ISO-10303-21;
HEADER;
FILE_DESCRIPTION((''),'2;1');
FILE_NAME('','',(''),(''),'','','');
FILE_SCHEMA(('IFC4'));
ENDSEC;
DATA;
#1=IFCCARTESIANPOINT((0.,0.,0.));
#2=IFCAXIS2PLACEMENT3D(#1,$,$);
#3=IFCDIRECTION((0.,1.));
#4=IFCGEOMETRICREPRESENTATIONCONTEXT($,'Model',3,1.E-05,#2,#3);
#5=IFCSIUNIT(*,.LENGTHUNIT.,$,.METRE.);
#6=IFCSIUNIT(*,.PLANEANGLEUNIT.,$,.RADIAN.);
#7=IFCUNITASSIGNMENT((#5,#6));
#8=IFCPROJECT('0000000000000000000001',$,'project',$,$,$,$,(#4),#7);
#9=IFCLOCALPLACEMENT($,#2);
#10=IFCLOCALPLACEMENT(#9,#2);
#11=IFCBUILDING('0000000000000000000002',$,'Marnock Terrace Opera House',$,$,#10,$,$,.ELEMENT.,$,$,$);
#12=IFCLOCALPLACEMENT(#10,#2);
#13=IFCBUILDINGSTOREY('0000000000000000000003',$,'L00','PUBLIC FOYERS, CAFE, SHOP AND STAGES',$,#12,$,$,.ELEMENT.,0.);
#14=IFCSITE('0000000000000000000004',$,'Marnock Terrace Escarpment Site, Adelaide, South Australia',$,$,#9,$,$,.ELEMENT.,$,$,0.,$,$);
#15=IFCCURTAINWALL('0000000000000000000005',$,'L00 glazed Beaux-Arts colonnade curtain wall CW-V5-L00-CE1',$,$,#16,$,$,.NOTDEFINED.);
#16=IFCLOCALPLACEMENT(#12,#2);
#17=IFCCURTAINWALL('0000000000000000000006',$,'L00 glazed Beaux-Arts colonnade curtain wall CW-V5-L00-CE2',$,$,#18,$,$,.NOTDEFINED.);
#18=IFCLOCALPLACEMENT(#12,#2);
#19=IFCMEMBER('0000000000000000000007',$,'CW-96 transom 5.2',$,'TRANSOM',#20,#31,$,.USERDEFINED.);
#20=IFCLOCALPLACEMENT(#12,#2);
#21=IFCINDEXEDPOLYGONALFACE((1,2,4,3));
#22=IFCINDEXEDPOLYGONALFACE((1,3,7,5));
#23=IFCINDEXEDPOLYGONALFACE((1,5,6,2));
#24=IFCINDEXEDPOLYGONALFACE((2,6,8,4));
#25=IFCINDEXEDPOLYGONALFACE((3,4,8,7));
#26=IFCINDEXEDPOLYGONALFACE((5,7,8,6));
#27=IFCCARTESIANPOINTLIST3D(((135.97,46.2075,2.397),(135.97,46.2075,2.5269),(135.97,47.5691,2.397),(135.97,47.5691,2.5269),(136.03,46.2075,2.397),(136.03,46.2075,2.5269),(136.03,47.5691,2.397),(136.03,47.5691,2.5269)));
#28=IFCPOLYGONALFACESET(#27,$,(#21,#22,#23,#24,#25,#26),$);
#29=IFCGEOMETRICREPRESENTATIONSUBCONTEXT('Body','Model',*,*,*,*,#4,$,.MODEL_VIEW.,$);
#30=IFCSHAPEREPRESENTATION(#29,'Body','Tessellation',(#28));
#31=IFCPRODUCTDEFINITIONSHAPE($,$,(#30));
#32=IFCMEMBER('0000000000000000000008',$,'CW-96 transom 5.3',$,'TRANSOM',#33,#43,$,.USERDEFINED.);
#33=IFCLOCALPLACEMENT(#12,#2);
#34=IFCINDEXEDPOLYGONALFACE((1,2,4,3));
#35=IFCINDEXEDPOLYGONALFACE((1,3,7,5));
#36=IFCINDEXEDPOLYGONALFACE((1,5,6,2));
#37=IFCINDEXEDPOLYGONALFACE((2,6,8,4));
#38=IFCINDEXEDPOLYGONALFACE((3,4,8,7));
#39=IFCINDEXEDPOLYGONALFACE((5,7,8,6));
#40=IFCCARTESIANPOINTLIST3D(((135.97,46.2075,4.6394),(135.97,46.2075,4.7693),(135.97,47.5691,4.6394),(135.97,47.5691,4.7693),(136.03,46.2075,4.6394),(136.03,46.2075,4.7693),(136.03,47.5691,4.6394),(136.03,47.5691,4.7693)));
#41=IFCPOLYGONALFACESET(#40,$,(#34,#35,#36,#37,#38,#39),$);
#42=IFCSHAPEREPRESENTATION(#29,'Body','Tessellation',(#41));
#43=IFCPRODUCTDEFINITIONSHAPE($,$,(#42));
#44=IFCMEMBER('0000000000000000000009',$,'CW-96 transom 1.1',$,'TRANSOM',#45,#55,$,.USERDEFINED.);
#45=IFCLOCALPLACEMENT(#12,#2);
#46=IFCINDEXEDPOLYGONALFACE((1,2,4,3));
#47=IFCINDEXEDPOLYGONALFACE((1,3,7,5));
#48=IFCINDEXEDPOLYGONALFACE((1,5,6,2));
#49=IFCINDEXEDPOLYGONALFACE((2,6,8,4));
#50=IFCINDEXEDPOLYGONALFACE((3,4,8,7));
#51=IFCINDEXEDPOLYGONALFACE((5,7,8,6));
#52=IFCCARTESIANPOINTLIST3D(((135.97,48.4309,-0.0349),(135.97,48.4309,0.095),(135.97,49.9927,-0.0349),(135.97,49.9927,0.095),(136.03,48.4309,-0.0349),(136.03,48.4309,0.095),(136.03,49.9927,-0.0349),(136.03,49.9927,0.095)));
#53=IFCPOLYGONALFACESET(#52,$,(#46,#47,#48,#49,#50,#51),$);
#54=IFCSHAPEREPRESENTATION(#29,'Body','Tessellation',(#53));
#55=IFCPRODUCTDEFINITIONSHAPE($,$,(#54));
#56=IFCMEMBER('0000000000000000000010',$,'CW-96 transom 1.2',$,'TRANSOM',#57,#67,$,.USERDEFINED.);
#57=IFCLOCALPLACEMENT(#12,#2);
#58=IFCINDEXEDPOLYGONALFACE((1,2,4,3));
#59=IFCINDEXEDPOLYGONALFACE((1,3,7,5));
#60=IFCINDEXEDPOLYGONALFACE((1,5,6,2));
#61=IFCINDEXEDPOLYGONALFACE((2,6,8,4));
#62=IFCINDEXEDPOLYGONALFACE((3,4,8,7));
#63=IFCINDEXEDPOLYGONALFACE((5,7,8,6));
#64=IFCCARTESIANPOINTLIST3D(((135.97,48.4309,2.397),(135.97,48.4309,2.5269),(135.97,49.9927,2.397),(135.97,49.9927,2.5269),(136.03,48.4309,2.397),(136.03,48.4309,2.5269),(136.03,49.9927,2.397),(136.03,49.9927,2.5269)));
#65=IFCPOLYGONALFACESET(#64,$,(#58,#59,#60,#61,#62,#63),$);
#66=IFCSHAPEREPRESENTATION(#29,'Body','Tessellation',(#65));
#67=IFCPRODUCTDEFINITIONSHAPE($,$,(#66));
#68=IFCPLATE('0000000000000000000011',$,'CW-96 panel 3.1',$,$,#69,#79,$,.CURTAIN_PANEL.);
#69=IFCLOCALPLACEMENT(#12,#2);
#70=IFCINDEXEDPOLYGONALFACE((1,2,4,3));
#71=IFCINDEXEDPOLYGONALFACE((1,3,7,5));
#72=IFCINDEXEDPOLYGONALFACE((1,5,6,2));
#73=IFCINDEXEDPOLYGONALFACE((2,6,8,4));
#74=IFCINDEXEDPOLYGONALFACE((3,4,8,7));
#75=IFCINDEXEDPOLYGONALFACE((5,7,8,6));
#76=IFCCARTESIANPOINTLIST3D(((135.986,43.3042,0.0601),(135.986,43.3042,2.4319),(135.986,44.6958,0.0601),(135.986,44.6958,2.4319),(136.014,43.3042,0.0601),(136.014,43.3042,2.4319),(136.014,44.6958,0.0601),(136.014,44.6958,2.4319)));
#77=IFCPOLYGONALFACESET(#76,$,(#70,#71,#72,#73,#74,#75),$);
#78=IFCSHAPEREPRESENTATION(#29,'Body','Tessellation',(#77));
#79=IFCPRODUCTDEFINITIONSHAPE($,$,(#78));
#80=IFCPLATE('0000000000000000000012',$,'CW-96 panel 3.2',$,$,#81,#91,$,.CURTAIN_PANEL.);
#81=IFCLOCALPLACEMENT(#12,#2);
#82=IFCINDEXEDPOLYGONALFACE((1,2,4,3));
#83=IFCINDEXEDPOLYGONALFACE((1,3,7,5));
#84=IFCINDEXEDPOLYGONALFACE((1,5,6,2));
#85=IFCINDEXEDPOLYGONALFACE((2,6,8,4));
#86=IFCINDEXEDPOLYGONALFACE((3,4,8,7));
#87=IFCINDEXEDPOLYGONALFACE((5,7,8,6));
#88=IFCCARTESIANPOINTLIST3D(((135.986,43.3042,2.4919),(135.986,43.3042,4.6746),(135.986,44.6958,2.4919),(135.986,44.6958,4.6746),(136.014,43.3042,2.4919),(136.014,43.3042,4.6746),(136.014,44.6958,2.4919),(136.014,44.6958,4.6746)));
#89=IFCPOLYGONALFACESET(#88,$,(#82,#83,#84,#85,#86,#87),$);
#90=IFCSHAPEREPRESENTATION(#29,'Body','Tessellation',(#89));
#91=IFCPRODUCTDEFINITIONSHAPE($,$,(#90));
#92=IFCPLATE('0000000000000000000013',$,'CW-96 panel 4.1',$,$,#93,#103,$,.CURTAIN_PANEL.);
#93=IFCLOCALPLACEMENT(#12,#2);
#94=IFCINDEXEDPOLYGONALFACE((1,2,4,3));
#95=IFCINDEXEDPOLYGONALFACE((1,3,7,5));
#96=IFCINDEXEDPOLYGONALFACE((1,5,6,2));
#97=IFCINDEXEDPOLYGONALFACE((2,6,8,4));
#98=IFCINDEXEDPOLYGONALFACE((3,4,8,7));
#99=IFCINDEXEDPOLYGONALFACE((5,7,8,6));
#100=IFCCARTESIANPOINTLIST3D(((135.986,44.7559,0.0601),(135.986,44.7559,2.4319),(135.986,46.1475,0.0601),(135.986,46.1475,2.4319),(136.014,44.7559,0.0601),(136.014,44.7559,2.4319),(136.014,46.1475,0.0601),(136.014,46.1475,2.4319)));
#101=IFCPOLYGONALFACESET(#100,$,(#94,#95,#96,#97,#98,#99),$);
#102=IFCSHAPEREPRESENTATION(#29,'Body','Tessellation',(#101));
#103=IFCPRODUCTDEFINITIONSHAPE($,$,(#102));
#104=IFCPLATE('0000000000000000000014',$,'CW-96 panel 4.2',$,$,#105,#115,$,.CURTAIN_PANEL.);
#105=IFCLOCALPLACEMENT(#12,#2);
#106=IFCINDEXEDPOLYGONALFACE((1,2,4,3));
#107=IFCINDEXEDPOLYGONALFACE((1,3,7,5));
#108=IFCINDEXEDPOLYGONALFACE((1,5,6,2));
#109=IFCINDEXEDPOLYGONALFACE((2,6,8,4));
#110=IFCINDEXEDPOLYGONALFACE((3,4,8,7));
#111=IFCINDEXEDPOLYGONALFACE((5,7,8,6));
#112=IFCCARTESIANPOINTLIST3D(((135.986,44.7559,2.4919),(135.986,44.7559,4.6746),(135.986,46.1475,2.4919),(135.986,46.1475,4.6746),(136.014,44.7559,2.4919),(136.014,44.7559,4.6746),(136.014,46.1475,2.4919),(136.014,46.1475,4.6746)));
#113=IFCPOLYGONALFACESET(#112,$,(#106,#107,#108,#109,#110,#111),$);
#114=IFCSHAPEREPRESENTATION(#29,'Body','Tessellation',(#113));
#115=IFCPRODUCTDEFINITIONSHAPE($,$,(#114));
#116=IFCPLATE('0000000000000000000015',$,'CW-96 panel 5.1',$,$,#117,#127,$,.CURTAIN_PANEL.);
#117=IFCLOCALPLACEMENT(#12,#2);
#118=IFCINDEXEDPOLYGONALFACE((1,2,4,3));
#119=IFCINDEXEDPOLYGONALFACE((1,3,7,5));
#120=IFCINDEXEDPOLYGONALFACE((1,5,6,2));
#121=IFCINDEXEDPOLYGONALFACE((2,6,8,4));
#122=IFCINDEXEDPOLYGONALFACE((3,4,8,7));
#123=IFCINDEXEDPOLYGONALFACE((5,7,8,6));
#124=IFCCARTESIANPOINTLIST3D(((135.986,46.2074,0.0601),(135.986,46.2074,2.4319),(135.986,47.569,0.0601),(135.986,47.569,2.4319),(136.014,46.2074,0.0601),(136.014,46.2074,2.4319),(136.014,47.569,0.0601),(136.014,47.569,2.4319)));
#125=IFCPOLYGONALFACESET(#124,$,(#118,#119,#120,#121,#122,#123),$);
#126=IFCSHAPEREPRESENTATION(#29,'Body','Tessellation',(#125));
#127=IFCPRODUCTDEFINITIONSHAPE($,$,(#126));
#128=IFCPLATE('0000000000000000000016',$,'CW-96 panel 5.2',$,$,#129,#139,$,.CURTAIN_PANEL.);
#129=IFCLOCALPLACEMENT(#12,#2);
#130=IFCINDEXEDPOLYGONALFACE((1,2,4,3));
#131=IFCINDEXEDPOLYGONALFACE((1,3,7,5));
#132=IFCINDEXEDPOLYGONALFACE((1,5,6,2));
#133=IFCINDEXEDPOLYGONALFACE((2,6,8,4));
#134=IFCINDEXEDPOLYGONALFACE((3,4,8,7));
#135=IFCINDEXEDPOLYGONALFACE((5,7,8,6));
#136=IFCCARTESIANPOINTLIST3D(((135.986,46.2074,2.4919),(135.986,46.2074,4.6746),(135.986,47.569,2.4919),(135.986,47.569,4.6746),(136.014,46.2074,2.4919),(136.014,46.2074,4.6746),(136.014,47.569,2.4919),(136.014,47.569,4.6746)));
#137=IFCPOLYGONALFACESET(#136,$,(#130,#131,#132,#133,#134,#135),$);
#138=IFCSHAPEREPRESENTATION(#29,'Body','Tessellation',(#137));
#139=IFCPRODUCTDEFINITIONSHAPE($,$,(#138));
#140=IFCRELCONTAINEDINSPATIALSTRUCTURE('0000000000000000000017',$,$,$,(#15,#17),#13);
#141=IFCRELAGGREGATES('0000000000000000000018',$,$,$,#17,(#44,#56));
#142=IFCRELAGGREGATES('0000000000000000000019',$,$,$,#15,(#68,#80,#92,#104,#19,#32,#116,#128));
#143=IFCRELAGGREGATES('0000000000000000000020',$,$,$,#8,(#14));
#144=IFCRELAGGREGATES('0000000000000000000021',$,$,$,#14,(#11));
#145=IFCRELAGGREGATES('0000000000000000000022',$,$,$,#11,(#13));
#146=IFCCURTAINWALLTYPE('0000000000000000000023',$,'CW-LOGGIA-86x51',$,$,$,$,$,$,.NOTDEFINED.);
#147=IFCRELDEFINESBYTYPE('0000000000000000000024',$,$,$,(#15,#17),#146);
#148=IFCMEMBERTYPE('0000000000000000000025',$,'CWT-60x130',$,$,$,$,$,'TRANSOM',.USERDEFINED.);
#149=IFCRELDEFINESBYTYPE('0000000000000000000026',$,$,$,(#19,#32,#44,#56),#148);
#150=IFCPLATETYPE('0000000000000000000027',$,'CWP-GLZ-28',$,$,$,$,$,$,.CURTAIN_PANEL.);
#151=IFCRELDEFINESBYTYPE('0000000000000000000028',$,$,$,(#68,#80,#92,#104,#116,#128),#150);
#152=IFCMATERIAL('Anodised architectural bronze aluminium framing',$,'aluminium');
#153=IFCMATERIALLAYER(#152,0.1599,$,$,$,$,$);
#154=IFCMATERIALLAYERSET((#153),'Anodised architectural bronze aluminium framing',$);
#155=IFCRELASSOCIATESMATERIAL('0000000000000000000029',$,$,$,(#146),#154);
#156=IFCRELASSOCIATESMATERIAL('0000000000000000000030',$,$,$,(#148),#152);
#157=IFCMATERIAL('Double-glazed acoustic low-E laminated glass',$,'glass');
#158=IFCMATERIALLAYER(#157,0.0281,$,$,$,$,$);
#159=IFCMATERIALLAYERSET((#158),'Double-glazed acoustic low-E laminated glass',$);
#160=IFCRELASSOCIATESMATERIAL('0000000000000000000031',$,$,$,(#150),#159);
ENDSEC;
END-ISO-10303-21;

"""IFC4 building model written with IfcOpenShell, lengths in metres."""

from ifc_helpers import new_model, si_unit, direction, frame, origin, origin_2d, place, context, subcontext, project, spatial, rectangle, extrude, material, layer, layer_set, material_profile, profile_set, type_object, element, aggregate, save


model = new_model("IFC4")

# Units and contexts
model_context = context("Model", 3, precision=1e-05, world=origin(), true_north=direction((0.0, 1.0)))
body_context = subcontext(model_context, "Body", "Model", "MODEL_VIEW")
ifc_project = project(units=[si_unit("LENGTHUNIT", "METRE"), si_unit("PLANEANGLEUNIT", "RADIAN")], contexts=[model_context])

# Site, building, storey
site_placement = place(None, origin())
site = spatial("IfcSite", under=ifc_project, at=site_placement, Name="Marnock Terrace Escarpment Site, Adelaide, South Australia", CompositionType="ELEMENT", RefElevation=0.0)
building_placement = place(site_placement, origin())
building = spatial("IfcBuilding", under=site, at=building_placement, Name="Marnock Terrace Opera House", CompositionType="ELEMENT")
storey_placement = place(building_placement, origin())
storey = spatial("IfcBuildingStorey", under=building, at=storey_placement, Name="L00", Description="PUBLIC FOYERS, CAFE, SHOP AND STAGES", CompositionType="ELEMENT", Elevation=0.0)

# Curtain wall
ifc_material_1 = material(Name="Anodised architectural bronze aluminium framing", Category="aluminium")
ifc_layer_1 = layer(ifc_material_1, 0.1599)
ifc_layer_set_1 = layer_set([ifc_layer_1], Name="Anodised architectural bronze aluminium framing")
curtain_wall_type = type_object("IfcCurtainWallType", Name="CW-LOGGIA-86x51", PredefinedType="NOTDEFINED", material=ifc_layer_set_1)
curtain_wall_1_placement = place(storey_placement, origin())
curtain_wall_1 = element("IfcCurtainWall", 1, at=curtain_wall_1_placement, inside=storey, type_object=curtain_wall_type, Name="L00 glazed Beaux-Arts colonnade curtain wall CW-V5-L00-CE1", PredefinedType="NOTDEFINED")

# Curtain wall
curtain_wall_2_placement = place(storey_placement, origin())
curtain_wall_2 = element("IfcCurtainWall", 2, at=curtain_wall_2_placement, inside=storey, type_object=curtain_wall_type, Name="L00 glazed Beaux-Arts colonnade curtain wall CW-V5-L00-CE2", PredefinedType="NOTDEFINED")

# Members
ifc_material_profile_1 = material_profile(ifc_material_1, rectangle(XDim=0.0601, YDim=0.1299, at=origin_2d()))
ifc_profile_set_1 = profile_set([ifc_material_profile_1], Name="Anodised architectural bronze aluminium framing")
member_type_1 = type_object("IfcMemberType", Name="CWT-60x130", ElementType="TRANSOM", PredefinedType="USERDEFINED", material=ifc_profile_set_1)
member_1_placement = place(storey_placement, frame((136.0, 46.2075, 2.4619), z_axis=(0.0, 1.0, 0.0), x_axis=(-1.0, 0.0, 0.0)))
member_1 = element("IfcMember", 3, at=member_1_placement, type_object=member_type_1, Name="CW-96 transom 5.2", ObjectType="TRANSOM", PredefinedType="USERDEFINED", context=body_context, shape_type="SweptSolid", body=[
    extrude(rectangle(XDim=0.0601, YDim=0.1299, at=origin_2d()), origin(), (0.0, 0.0, 1.0), 1.3616),
])
member_2_placement = place(storey_placement, frame((136.0, 46.2075, 4.7043), z_axis=(0.0, 1.0, 0.0), x_axis=(-1.0, 0.0, 0.0)))
member_2 = element("IfcMember", 4, at=member_2_placement, type_object=member_type_1, Name="CW-96 transom 5.3", ObjectType="TRANSOM", PredefinedType="USERDEFINED", context=body_context, shape_type="SweptSolid", body=[
    extrude(rectangle(XDim=0.0601, YDim=0.1299, at=origin_2d()), origin(), (0.0, 0.0, 1.0), 1.3616),
])
member_3_placement = place(storey_placement, frame((136.0, 48.4309, 0.03), z_axis=(0.0, 1.0, 0.0), x_axis=(-1.0, 0.0, 0.0)))
member_3 = element("IfcMember", 5, at=member_3_placement, type_object=member_type_1, Name="CW-96 transom 1.1", ObjectType="TRANSOM", PredefinedType="USERDEFINED", context=body_context, shape_type="SweptSolid", body=[
    extrude(rectangle(XDim=0.0601, YDim=0.1299, at=origin_2d()), origin(), (0.0, 0.0, 1.0), 1.5618),
])
member_4_placement = place(storey_placement, frame((136.0, 48.4309, 2.4619), z_axis=(0.0, 1.0, 0.0), x_axis=(-1.0, 0.0, 0.0)))
member_4 = element("IfcMember", 6, at=member_4_placement, type_object=member_type_1, Name="CW-96 transom 1.2", ObjectType="TRANSOM", PredefinedType="USERDEFINED", context=body_context, shape_type="SweptSolid", body=[
    extrude(rectangle(XDim=0.0601, YDim=0.1299, at=origin_2d()), origin(), (0.0, 0.0, 1.0), 1.5618),
])
aggregate(curtain_wall_2, [member_3, member_4])

# Plates
ifc_material_2 = material(Name="Double-glazed acoustic low-E laminated glass", Category="glass")
ifc_layer_2 = layer(ifc_material_2, 0.0281)
ifc_layer_set_2 = layer_set([ifc_layer_2], Name="Double-glazed acoustic low-E laminated glass")
plate_type = type_object("IfcPlateType", Name="CWP-GLZ-28", PredefinedType="CURTAIN_PANEL", material=ifc_layer_set_2)
plate_1_placement = place(storey_placement, frame((136.0, 44.0, 0.0601), z_axis=(0.0, 0.0, 1.0), x_axis=(0.0, 1.0, 0.0)))
plate_1 = element("IfcPlate", 7, at=plate_1_placement, type_object=plate_type, Name="CW-96 panel 3.1", PredefinedType="CURTAIN_PANEL", context=body_context, shape_type="SweptSolid", body=[
    extrude(rectangle(XDim=1.3916, YDim=0.0281, at=origin_2d()), origin(), (0.0, 0.0, 1.0), 2.3718),
])
plate_2_placement = place(storey_placement, frame((136.0, 44.0, 2.4919), z_axis=(0.0, 0.0, 1.0), x_axis=(0.0, 1.0, 0.0)))
plate_2 = element("IfcPlate", 8, at=plate_2_placement, type_object=plate_type, Name="CW-96 panel 3.2", PredefinedType="CURTAIN_PANEL", context=body_context, shape_type="SweptSolid", body=[
    extrude(rectangle(XDim=1.3916, YDim=0.0281, at=origin_2d()), origin(), (0.0, 0.0, 1.0), 2.1826),
])
plate_3_placement = place(storey_placement, frame((136.0, 45.4517, 0.0601), z_axis=(0.0, 0.0, 1.0), x_axis=(0.0, 1.0, 0.0)))
plate_3 = element("IfcPlate", 9, at=plate_3_placement, type_object=plate_type, Name="CW-96 panel 4.1", PredefinedType="CURTAIN_PANEL", context=body_context, shape_type="SweptSolid", body=[
    extrude(rectangle(XDim=1.3916, YDim=0.0281, at=origin_2d()), origin(), (0.0, 0.0, 1.0), 2.3718),
])
plate_4_placement = place(storey_placement, frame((136.0, 45.4517, 2.4919), z_axis=(0.0, 0.0, 1.0), x_axis=(0.0, 1.0, 0.0)))
plate_4 = element("IfcPlate", 10, at=plate_4_placement, type_object=plate_type, Name="CW-96 panel 4.2", PredefinedType="CURTAIN_PANEL", context=body_context, shape_type="SweptSolid", body=[
    extrude(rectangle(XDim=1.3916, YDim=0.0281, at=origin_2d()), origin(), (0.0, 0.0, 1.0), 2.1826),
])
plate_5_placement = place(storey_placement, frame((136.0, 46.8882, 0.0601), z_axis=(0.0, 0.0, 1.0), x_axis=(0.0, 1.0, 0.0)))
plate_5 = element("IfcPlate", 11, at=plate_5_placement, type_object=plate_type, Name="CW-96 panel 5.1", PredefinedType="CURTAIN_PANEL", context=body_context, shape_type="SweptSolid", body=[
    extrude(rectangle(XDim=1.3616, YDim=0.0281, at=origin_2d()), origin(), (0.0, 0.0, 1.0), 2.3718),
])
plate_6_placement = place(storey_placement, frame((136.0, 46.8882, 2.4919), z_axis=(0.0, 0.0, 1.0), x_axis=(0.0, 1.0, 0.0)))
plate_6 = element("IfcPlate", 12, at=plate_6_placement, type_object=plate_type, Name="CW-96 panel 5.2", PredefinedType="CURTAIN_PANEL", context=body_context, shape_type="SweptSolid", body=[
    extrude(rectangle(XDim=1.3616, YDim=0.0281, at=origin_2d()), origin(), (0.0, 0.0, 1.0), 2.1826),
])
aggregate(curtain_wall_1, [plate_1, plate_2, plate_3, plate_4, member_1, member_2, plate_5, plate_6])

save(model, "model.ifc")
